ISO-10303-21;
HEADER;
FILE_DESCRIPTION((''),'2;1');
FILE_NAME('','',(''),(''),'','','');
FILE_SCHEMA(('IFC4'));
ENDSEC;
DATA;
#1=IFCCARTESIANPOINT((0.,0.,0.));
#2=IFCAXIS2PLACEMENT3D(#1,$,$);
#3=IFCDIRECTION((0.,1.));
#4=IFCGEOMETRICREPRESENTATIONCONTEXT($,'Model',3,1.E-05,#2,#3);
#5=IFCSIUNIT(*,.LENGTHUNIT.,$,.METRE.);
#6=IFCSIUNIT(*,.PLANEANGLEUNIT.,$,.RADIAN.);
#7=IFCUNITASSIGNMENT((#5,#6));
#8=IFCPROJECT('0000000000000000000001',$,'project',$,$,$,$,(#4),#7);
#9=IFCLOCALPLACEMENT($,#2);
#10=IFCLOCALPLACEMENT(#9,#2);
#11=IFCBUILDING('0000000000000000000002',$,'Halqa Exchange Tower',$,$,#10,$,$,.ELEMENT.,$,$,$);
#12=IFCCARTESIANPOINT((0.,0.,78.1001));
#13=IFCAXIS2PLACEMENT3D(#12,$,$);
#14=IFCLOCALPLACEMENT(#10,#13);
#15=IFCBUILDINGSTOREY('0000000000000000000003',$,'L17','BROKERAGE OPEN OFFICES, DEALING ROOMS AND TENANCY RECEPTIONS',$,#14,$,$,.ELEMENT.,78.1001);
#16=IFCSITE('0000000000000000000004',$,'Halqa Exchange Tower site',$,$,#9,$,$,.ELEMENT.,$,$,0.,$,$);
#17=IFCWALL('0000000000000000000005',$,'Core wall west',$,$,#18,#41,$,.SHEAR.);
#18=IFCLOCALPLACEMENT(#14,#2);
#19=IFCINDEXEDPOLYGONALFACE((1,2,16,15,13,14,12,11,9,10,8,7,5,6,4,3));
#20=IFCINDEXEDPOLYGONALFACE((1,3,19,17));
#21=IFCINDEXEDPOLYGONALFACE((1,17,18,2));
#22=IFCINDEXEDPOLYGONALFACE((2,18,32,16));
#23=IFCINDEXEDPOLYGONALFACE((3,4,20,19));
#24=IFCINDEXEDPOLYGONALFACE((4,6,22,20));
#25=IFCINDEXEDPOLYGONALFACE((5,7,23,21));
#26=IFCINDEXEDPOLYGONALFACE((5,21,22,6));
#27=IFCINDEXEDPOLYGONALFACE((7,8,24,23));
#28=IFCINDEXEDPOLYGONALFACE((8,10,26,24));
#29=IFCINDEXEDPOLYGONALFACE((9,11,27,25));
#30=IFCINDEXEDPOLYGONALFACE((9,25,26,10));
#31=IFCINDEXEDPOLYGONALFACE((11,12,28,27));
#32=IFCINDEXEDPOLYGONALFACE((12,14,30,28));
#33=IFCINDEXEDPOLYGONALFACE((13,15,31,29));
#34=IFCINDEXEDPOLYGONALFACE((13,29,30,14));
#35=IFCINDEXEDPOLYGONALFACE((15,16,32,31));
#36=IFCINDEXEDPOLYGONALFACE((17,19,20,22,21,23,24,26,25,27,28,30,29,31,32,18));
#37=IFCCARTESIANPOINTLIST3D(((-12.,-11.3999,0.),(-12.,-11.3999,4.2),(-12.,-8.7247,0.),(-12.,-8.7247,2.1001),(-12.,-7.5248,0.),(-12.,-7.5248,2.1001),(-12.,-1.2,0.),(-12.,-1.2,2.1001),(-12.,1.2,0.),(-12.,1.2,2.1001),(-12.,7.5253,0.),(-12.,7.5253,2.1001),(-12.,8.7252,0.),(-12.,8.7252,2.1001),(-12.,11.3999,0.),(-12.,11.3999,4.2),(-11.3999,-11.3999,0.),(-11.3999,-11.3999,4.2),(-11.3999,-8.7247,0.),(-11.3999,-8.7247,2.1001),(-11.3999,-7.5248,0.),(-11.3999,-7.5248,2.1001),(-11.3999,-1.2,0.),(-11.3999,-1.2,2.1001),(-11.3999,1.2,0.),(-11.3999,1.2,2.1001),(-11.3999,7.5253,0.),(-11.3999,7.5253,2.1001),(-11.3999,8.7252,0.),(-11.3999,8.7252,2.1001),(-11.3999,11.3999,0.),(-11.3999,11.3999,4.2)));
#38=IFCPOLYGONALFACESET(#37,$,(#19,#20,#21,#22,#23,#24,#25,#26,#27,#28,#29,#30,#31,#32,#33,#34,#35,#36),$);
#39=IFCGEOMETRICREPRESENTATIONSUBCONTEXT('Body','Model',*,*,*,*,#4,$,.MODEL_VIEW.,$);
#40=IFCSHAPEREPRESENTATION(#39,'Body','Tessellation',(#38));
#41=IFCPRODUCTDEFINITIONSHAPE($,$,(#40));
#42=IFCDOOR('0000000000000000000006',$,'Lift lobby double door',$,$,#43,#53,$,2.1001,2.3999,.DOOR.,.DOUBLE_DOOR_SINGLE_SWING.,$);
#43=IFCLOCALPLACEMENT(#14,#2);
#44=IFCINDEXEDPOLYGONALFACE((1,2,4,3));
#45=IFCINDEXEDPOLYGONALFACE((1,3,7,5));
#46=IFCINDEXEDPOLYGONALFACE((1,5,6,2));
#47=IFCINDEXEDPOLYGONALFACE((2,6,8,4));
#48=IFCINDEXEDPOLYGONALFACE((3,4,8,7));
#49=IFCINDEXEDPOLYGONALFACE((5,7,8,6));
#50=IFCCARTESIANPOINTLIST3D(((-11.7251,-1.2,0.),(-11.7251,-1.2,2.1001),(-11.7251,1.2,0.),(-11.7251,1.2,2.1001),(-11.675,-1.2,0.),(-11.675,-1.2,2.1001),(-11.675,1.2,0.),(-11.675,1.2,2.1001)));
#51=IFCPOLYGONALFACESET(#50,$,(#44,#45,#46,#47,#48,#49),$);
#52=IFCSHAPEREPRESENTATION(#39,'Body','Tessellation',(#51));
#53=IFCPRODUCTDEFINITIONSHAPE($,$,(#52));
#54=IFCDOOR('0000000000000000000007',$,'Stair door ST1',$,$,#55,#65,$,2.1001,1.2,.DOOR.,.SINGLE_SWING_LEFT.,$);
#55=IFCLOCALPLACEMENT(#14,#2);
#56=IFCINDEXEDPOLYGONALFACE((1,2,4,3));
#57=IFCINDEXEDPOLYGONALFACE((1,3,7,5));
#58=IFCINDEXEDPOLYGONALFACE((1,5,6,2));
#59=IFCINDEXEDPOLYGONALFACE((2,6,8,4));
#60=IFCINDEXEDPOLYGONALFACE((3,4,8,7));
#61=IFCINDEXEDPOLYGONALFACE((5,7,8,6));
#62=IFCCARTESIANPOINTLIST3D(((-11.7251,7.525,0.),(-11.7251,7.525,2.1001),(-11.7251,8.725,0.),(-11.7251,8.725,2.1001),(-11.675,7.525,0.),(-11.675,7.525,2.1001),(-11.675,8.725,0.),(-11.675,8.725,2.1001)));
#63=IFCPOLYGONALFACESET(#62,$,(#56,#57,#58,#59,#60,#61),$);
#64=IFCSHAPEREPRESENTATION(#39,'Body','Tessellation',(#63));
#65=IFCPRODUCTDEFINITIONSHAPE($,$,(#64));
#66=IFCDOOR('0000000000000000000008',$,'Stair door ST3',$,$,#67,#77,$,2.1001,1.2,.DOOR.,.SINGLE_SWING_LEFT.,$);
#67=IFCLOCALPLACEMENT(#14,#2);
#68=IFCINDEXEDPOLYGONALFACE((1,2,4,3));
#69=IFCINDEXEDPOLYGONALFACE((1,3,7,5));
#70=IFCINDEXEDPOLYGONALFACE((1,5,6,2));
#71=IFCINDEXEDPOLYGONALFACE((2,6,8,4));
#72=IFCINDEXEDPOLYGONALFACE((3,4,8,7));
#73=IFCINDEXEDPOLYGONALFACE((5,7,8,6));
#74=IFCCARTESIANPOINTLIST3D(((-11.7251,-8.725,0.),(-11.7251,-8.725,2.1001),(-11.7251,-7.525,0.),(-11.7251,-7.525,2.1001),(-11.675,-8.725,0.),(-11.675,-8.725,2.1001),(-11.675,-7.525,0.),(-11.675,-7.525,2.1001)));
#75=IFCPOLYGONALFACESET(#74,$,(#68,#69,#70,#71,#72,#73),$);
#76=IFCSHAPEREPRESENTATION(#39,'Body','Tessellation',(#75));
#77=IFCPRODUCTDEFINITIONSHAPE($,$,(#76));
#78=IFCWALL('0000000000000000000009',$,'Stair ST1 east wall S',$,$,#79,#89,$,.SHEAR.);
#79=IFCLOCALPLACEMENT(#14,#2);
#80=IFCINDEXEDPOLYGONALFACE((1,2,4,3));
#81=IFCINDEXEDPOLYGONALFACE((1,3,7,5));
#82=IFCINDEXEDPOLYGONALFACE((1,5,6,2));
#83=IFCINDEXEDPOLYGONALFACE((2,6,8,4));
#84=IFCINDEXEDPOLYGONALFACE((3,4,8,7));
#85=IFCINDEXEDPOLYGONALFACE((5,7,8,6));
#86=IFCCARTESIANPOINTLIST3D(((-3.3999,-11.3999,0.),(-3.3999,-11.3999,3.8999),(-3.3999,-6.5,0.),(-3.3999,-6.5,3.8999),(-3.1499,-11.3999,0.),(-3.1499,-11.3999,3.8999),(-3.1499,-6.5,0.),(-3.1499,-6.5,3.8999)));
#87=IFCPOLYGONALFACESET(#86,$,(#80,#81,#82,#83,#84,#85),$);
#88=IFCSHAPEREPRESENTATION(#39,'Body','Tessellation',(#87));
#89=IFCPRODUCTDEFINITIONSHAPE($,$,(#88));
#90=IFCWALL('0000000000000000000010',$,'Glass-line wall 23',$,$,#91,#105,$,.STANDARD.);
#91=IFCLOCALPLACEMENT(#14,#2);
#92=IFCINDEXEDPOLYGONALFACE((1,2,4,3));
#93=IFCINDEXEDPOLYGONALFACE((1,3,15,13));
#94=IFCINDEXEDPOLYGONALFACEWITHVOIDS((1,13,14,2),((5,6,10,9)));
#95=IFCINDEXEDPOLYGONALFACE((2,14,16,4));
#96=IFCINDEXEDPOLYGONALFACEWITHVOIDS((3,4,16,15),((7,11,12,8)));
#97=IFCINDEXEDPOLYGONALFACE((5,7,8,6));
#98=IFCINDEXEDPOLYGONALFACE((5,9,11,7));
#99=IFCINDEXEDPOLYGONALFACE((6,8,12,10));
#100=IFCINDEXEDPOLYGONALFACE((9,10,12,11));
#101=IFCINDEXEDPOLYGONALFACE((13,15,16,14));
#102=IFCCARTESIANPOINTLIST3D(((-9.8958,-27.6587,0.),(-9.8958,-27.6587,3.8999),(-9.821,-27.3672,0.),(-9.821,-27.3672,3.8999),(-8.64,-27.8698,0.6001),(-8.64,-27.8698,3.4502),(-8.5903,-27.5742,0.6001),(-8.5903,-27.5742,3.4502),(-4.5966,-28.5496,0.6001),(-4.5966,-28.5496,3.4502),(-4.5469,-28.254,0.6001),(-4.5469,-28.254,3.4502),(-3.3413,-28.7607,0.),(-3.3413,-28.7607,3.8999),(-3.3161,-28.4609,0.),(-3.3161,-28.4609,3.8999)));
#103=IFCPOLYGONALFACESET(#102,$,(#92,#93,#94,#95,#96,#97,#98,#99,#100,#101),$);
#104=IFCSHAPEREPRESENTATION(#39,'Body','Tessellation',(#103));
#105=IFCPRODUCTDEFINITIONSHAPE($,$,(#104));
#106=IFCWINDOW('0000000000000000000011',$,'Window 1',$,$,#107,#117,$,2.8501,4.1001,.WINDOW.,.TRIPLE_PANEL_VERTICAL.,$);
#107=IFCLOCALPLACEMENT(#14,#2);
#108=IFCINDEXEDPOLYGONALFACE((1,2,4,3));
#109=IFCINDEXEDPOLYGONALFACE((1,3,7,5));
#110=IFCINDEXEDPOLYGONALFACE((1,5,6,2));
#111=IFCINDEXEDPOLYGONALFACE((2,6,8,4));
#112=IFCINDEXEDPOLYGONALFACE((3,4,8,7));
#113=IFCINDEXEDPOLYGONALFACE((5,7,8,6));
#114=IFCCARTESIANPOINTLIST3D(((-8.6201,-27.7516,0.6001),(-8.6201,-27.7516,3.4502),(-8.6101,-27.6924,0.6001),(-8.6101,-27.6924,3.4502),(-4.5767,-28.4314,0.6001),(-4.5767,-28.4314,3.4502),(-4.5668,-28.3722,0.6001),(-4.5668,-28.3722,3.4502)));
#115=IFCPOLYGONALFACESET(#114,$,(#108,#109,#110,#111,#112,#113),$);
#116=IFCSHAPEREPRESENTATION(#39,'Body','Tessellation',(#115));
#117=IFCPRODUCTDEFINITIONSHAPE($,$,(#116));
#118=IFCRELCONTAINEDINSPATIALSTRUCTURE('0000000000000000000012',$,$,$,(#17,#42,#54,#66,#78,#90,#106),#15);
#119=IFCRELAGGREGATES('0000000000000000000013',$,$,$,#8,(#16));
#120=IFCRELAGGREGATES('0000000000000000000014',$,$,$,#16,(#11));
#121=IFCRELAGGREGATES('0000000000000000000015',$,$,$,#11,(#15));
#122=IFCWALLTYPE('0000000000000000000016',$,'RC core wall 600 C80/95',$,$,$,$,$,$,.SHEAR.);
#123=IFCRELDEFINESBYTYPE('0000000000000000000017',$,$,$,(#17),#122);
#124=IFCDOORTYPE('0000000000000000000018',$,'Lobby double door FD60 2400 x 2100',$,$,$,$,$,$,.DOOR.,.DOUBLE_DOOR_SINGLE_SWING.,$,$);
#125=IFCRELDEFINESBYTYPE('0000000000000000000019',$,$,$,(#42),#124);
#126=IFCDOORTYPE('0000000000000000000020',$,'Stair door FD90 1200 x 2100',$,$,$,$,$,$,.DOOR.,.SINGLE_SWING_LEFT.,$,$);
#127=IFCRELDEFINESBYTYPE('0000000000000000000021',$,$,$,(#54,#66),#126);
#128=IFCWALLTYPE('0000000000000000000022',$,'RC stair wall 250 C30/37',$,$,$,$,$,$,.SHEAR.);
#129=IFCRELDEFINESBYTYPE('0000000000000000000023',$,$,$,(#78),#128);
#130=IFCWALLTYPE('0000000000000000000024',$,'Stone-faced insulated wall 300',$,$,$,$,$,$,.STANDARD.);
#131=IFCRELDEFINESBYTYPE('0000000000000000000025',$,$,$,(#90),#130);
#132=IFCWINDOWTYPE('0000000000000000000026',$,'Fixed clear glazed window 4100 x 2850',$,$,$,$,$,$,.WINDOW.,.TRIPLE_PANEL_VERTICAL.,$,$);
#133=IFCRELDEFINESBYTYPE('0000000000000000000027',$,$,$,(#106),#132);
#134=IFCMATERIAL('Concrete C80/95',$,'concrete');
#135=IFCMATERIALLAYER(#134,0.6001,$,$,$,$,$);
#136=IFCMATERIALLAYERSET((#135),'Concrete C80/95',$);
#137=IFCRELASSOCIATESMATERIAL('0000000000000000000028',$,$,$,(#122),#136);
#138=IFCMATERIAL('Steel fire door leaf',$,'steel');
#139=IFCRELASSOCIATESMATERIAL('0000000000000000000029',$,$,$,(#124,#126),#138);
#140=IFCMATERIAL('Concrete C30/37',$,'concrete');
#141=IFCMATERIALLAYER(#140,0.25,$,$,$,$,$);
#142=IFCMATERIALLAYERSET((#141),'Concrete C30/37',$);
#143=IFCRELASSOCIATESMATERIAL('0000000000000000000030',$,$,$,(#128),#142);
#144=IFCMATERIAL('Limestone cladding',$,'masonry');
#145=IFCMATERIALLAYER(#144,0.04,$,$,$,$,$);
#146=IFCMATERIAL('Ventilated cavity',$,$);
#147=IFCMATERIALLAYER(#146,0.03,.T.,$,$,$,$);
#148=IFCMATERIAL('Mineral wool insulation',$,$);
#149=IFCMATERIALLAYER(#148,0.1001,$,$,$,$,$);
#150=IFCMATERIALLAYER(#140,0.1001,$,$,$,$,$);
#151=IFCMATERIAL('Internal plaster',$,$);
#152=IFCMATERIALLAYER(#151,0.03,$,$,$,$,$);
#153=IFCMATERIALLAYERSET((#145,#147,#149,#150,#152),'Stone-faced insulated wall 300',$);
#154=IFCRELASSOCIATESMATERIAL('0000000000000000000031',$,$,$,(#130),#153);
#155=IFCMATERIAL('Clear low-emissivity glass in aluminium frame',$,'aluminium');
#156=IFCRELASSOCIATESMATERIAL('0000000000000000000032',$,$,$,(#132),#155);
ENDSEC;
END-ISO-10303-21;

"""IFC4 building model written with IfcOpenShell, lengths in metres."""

from ifc_helpers import new_model, si_unit, direction, frame, frame_2d, origin, place, context, subcontext, project, spatial, polyline, rectangle, outline, extrude, material, layer, layer_set, type_object, element, fill, save


model = new_model("IFC4")

# Units and contexts
model_context = context("Model", 3, precision=1e-05, world=origin(), true_north=direction((0.0, 1.0)))
body_context = subcontext(model_context, "Body", "Model", "MODEL_VIEW")
ifc_project = project(units=[si_unit("LENGTHUNIT", "METRE"), si_unit("PLANEANGLEUNIT", "RADIAN")], contexts=[model_context])

# Site, building, storey
site_placement = place(None, origin())
site = spatial("IfcSite", under=ifc_project, at=site_placement, Name="Halqa Exchange Tower site", CompositionType="ELEMENT", RefElevation=0.0)
building_placement = place(site_placement, origin())
building = spatial("IfcBuilding", under=site, at=building_placement, Name="Halqa Exchange Tower", CompositionType="ELEMENT")
storey_placement = place(building_placement, frame((0.0, 0.0, 78.1001)))
storey = spatial("IfcBuildingStorey", under=building, at=storey_placement, Name="L17", Description="BROKERAGE OPEN OFFICES, DEALING ROOMS AND TENANCY RECEPTIONS", CompositionType="ELEMENT", Elevation=78.1001)

# Wall, openings, doors
ifc_material_1 = material(Name="Concrete C80/95", Category="concrete")
ifc_layer_1 = layer(ifc_material_1, 0.6001)
ifc_layer_set_1 = layer_set([ifc_layer_1], Name="Concrete C80/95")
wall_type_1 = type_object("IfcWallType", Name="RC core wall 600 C80/95", PredefinedType="SHEAR", material=ifc_layer_set_1)
wall_1_placement = place(storey_placement, frame((-11.7, -11.3999, 0.0), z_axis=(0.0, 0.0, 1.0), x_axis=(0.0, 1.0, 0.0)))
wall_1 = element("IfcWall", 1, at=wall_1_placement, inside=storey, type_object=wall_type_1, Name="Core wall west", PredefinedType="SHEAR", context=body_context, shape_type="SweptSolid", body=[
    extrude(rectangle(XDim=22.7998, YDim=0.6001, at=frame_2d((11.3999, 0.0))), origin(), (0.0, 0.0, 1.0), 4.2),
])
opening_1_placement = place(wall_1_placement, frame((10.2, 0.0, 0.0)))
opening_1 = element("IfcOpeningElement", 2, at=opening_1_placement, cuts=wall_1, PredefinedType="OPENING", context=body_context, shape_type="SweptSolid", body=[
    extrude(rectangle(XDim=2.3999, YDim=2.1001, at=frame_2d((1.2, 1.05))), frame((0.0, 0.312, 0.0), z_axis=(0.0, -1.0, 0.0), x_axis=(1.0, 0.0, 0.0)), (0.0, 0.0, 1.0), 0.624),
])
opening_2_placement = place(wall_1_placement, frame((18.925, 0.0, 0.0)))
opening_2 = element("IfcOpeningElement", 3, at=opening_2_placement, cuts=wall_1, PredefinedType="OPENING", context=body_context, shape_type="SweptSolid", body=[
    extrude(rectangle(XDim=1.2, YDim=2.1001, at=frame_2d((0.6001, 1.05))), frame((0.0, 0.312, 0.0), z_axis=(0.0, -1.0, 0.0), x_axis=(1.0, 0.0, 0.0)), (0.0, 0.0, 1.0), 0.624),
])
opening_3_placement = place(wall_1_placement, frame((2.675, 0.0, 0.0)))
opening_3 = element("IfcOpeningElement", 4, at=opening_3_placement, cuts=wall_1, PredefinedType="OPENING", context=body_context, shape_type="SweptSolid", body=[
    extrude(rectangle(XDim=1.2, YDim=2.1001, at=frame_2d((0.6001, 1.05))), frame((0.0, 0.312, 0.0), z_axis=(0.0, -1.0, 0.0), x_axis=(1.0, 0.0, 0.0)), (0.0, 0.0, 1.0), 0.624),
])
ifc_material_2 = material(Name="Steel fire door leaf", Category="steel")
door_type_1 = type_object("IfcDoorType", Name="Lobby double door FD60 2400 x 2100", OperationType="DOUBLE_DOOR_SINGLE_SWING", PredefinedType="DOOR", material=ifc_material_2)
door_1_placement = place(opening_1_placement, frame((2.3999, 0.0, 0.0), z_axis=(0.0, 0.0, 1.0), x_axis=(-1.0, 0.0, 0.0)))
door_1 = element("IfcDoor", 5, at=door_1_placement, inside=storey, type_object=door_type_1, Name="Lift lobby double door", OperationType="DOUBLE_DOOR_SINGLE_SWING", OverallHeight=2.1001, OverallWidth=2.3999, PredefinedType="DOOR", context=body_context, shape_type="SweptSolid", body=[
    extrude(rectangle(XDim=2.3999, YDim=2.1001, at=frame_2d((1.2, 1.05))), frame((0.0, 0.0249, 0.0), z_axis=(0.0, -1.0, 0.0), x_axis=(1.0, 0.0, 0.0)), (0.0, 0.0, 1.0), 0.05),
])
fill(opening_1, door_1)
door_type_2 = type_object("IfcDoorType", Name="Stair door FD90 1200 x 2100", OperationType="SINGLE_SWING_LEFT", PredefinedType="DOOR", material=ifc_material_2)
door_2_placement = place(opening_2_placement, frame((1.2, 0.0, 0.0), z_axis=(0.0, 0.0, 1.0), x_axis=(-1.0, 0.0, 0.0)))
door_2 = element("IfcDoor", 6, at=door_2_placement, inside=storey, type_object=door_type_2, Name="Stair door ST1", OperationType="SINGLE_SWING_LEFT", OverallHeight=2.1001, OverallWidth=1.2, PredefinedType="DOOR", context=body_context, shape_type="SweptSolid", body=[
    extrude(rectangle(XDim=1.2, YDim=2.1001, at=frame_2d((0.6001, 1.05))), frame((0.0, 0.0249, 0.0), z_axis=(0.0, -1.0, 0.0), x_axis=(1.0, 0.0, 0.0)), (0.0, 0.0, 1.0), 0.05),
])
fill(opening_2, door_2)
door_3_placement = place(opening_3_placement, frame((1.2, 0.0, 0.0), z_axis=(0.0, 0.0, 1.0), x_axis=(-1.0, 0.0, 0.0)))
door_3 = element("IfcDoor", 7, at=door_3_placement, inside=storey, type_object=door_type_2, Name="Stair door ST3", OperationType="SINGLE_SWING_LEFT", OverallHeight=2.1001, OverallWidth=1.2, PredefinedType="DOOR", context=body_context, shape_type="SweptSolid", body=[
    extrude(rectangle(XDim=1.2, YDim=2.1001, at=frame_2d((0.6001, 1.05))), frame((0.0, 0.0249, 0.0), z_axis=(0.0, -1.0, 0.0), x_axis=(1.0, 0.0, 0.0)), (0.0, 0.0, 1.0), 0.05),
])
fill(opening_3, door_3)

# Wall
ifc_material_3 = material(Name="Concrete C30/37", Category="concrete")
ifc_layer_2 = layer(ifc_material_3, 0.25)
ifc_layer_set_2 = layer_set([ifc_layer_2], Name="Concrete C30/37")
wall_type_2 = type_object("IfcWallType", Name="RC stair wall 250 C30/37", PredefinedType="SHEAR", material=ifc_layer_set_2)
wall_2_placement = place(storey_placement, frame((-3.2749, -11.3999, 0.0), z_axis=(0.0, 0.0, 1.0), x_axis=(0.0, 1.0, 0.0)))
element("IfcWall", 8, at=wall_2_placement, inside=storey, type_object=wall_type_2, Name="Stair ST1 east wall S", PredefinedType="SHEAR", context=body_context, shape_type="SweptSolid", body=[
    extrude(rectangle(XDim=4.8999, YDim=0.25, at=frame_2d((2.45, 0.0))), origin(), (0.0, 0.0, 1.0), 3.8999),
])

# Wall, opening, window
ifc_material_4 = material(Name="Limestone cladding", Category="masonry")
ifc_layer_3 = layer(ifc_material_4, 0.04)
ifc_material_5 = material(Name="Ventilated cavity")
ifc_layer_4 = layer(ifc_material_5, 0.03, ventilated=True)
ifc_material_6 = material(Name="Mineral wool insulation")
ifc_layer_5 = layer(ifc_material_6, 0.1001)
ifc_layer_6 = layer(ifc_material_3, 0.1001)
ifc_material_7 = material(Name="Internal plaster")
ifc_layer_7 = layer(ifc_material_7, 0.03)
ifc_layer_set_3 = layer_set([ifc_layer_3, ifc_layer_4, ifc_layer_5, ifc_layer_6, ifc_layer_7], Name="Stone-faced insulated wall 300")
wall_type_3 = type_object("IfcWallType", Name="Stone-faced insulated wall 300", PredefinedType="STANDARD", material=ifc_layer_set_3)
wall_3_placement = place(storey_placement, frame((-9.8584, -27.5129, 0.0), z_axis=(0.0, 0.0, 1.0), x_axis=(0.986158, -0.16581, 0.0)))
wall_3 = element("IfcWall", 9, at=wall_3_placement, inside=storey, type_object=wall_type_3, Name="Glass-line wall 23", PredefinedType="STANDARD", context=body_context, shape_type="SweptSolid", body=[
    extrude(outline(polyline([(-0.0127, -0.1499), (6.6338, -0.1499), (6.6089, 0.1499), (0.0127, 0.1499), (-0.0127, -0.1499)])), origin(), (0.0, 0.0, 1.0), 3.8999),
])
opening_4_placement = place(wall_3_placement, frame((1.2607, 0.0, 0.6001)))
opening_4 = element("IfcOpeningElement", 10, at=opening_4_placement, cuts=wall_3, PredefinedType="OPENING", context=body_context, shape_type="SweptSolid", body=[
    extrude(rectangle(XDim=4.1001, YDim=2.8501, at=frame_2d((2.05, 1.425))), frame((0.0, 0.1621, 0.0), z_axis=(0.0, -1.0, 0.0), x_axis=(1.0, 0.0, 0.0)), (0.0, 0.0, 1.0), 0.324),
])
ifc_material_8 = material(Name="Clear low-emissivity glass in aluminium frame", Category="aluminium")
window_type = type_object("IfcWindowType", Name="Fixed clear glazed window 4100 x 2850", PartitioningType="TRIPLE_PANEL_VERTICAL", PredefinedType="WINDOW", material=ifc_material_8)
window_placement = place(opening_4_placement, origin())
window = element("IfcWindow", 11, at=window_placement, inside=storey, type_object=window_type, Name="Window 1", OverallHeight=2.8501, OverallWidth=4.1001, PartitioningType="TRIPLE_PANEL_VERTICAL", PredefinedType="WINDOW", context=body_context, shape_type="SweptSolid", body=[
    extrude(rectangle(XDim=4.1001, YDim=2.8501, at=frame_2d((2.05, 1.425))), frame((0.0, 0.03, 0.0), z_axis=(0.0, -1.0, 0.0), x_axis=(1.0, 0.0, 0.0)), (0.0, 0.0, 1.0), 0.0601),
])
fill(opening_4, window)

save(model, "model.ifc")
